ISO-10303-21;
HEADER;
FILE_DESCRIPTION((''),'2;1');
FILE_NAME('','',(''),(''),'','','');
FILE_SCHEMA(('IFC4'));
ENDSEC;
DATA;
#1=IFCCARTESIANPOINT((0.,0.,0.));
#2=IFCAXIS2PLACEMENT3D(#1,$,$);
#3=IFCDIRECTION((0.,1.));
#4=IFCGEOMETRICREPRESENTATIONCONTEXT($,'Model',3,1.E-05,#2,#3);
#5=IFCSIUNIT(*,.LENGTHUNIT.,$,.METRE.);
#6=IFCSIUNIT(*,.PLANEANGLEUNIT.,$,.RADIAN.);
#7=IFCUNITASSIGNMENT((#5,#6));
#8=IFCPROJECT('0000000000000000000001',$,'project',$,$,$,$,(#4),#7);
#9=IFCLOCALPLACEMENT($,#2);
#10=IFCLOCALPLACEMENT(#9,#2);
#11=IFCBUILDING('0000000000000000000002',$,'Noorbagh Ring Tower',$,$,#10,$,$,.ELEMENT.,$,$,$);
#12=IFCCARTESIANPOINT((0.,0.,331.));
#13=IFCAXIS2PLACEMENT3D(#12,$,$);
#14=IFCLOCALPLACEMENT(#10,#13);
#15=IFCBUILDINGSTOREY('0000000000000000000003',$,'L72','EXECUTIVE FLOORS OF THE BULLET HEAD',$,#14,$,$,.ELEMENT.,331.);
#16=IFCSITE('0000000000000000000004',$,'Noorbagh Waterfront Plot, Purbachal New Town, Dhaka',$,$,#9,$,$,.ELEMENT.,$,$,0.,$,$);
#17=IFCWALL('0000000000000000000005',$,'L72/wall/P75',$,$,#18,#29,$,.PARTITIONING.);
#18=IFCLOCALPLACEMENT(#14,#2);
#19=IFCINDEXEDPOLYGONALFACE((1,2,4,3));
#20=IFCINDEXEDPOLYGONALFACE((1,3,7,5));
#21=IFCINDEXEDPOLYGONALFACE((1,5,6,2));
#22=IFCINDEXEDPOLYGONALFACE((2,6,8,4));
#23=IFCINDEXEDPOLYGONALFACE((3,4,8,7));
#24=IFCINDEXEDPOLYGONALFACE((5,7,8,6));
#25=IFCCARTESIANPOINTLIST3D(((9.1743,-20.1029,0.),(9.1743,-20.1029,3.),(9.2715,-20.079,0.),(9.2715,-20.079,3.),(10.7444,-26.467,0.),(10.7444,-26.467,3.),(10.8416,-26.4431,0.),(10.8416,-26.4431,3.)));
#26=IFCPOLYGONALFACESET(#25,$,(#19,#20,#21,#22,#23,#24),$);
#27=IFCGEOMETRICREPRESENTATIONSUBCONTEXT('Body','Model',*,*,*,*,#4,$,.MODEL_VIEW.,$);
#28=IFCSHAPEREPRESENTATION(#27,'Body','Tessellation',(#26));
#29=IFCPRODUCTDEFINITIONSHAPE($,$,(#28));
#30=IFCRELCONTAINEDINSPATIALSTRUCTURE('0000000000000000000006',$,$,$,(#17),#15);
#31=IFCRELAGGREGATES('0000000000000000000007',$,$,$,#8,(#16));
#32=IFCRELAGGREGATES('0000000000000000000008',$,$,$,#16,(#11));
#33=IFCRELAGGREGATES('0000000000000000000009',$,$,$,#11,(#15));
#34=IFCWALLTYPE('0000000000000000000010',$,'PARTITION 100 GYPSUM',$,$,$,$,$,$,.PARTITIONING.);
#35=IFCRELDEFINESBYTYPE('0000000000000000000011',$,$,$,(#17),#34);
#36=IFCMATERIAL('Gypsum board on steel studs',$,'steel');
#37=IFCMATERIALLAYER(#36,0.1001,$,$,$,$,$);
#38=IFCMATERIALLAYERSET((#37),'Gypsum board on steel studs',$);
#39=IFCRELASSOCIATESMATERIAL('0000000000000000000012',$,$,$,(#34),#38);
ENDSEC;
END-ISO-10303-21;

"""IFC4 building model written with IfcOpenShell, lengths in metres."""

from ifc_helpers import new_model, si_unit, direction, frame, frame_2d, origin, place, context, subcontext, project, spatial, rectangle, extrude, material, layer, layer_set, type_object, element, save


model = new_model("IFC4")

# Units and contexts
model_context = context("Model", 3, precision=1e-05, world=origin(), true_north=direction((0.0, 1.0)))
body_context = subcontext(model_context, "Body", "Model", "MODEL_VIEW")
ifc_project = project(units=[si_unit("LENGTHUNIT", "METRE"), si_unit("PLANEANGLEUNIT", "RADIAN")], contexts=[model_context])

# Site, building, storey
site_placement = place(None, origin())
site = spatial("IfcSite", under=ifc_project, at=site_placement, Name="Noorbagh Waterfront Plot, Purbachal New Town, Dhaka", CompositionType="ELEMENT", RefElevation=0.0)
building_placement = place(site_placement, origin())
building = spatial("IfcBuilding", under=site, at=building_placement, Name="Noorbagh Ring Tower", CompositionType="ELEMENT")
storey_placement = place(building_placement, frame((0.0, 0.0, 331.0)))
storey = spatial("IfcBuildingStorey", under=building, at=storey_placement, Name="L72", Description="EXECUTIVE FLOORS OF THE BULLET HEAD", CompositionType="ELEMENT", Elevation=331.0)

# Wall
ifc_material_1 = material(Name="Gypsum board on steel studs", Category="steel")
ifc_layer_1 = layer(ifc_material_1, 0.1001)
ifc_layer_set_1 = layer_set([ifc_layer_1], Name="Gypsum board on steel studs")
wall_type_1 = type_object("IfcWallType", Name="PARTITION 100 GYPSUM", PredefinedType="PARTITIONING", material=ifc_layer_set_1)
wall_1_placement = place(storey_placement, frame((9.2229, -20.0911, 0.0), z_axis=(0.0, 0.0, 1.0), x_axis=(0.239528, -0.970889, 0.0)))
element("IfcWall", 1, at=wall_1_placement, inside=storey, type_object=wall_type_1, Name="L72/wall/P75", PredefinedType="PARTITIONING", context=body_context, shape_type="SweptSolid", body=[
    extrude(rectangle(XDim=6.5549, YDim=0.1001, at=frame_2d((3.2773, 0.0))), origin(), (0.0, 0.0, 1.0), 3.0),
])

save(model, "model.ifc")
